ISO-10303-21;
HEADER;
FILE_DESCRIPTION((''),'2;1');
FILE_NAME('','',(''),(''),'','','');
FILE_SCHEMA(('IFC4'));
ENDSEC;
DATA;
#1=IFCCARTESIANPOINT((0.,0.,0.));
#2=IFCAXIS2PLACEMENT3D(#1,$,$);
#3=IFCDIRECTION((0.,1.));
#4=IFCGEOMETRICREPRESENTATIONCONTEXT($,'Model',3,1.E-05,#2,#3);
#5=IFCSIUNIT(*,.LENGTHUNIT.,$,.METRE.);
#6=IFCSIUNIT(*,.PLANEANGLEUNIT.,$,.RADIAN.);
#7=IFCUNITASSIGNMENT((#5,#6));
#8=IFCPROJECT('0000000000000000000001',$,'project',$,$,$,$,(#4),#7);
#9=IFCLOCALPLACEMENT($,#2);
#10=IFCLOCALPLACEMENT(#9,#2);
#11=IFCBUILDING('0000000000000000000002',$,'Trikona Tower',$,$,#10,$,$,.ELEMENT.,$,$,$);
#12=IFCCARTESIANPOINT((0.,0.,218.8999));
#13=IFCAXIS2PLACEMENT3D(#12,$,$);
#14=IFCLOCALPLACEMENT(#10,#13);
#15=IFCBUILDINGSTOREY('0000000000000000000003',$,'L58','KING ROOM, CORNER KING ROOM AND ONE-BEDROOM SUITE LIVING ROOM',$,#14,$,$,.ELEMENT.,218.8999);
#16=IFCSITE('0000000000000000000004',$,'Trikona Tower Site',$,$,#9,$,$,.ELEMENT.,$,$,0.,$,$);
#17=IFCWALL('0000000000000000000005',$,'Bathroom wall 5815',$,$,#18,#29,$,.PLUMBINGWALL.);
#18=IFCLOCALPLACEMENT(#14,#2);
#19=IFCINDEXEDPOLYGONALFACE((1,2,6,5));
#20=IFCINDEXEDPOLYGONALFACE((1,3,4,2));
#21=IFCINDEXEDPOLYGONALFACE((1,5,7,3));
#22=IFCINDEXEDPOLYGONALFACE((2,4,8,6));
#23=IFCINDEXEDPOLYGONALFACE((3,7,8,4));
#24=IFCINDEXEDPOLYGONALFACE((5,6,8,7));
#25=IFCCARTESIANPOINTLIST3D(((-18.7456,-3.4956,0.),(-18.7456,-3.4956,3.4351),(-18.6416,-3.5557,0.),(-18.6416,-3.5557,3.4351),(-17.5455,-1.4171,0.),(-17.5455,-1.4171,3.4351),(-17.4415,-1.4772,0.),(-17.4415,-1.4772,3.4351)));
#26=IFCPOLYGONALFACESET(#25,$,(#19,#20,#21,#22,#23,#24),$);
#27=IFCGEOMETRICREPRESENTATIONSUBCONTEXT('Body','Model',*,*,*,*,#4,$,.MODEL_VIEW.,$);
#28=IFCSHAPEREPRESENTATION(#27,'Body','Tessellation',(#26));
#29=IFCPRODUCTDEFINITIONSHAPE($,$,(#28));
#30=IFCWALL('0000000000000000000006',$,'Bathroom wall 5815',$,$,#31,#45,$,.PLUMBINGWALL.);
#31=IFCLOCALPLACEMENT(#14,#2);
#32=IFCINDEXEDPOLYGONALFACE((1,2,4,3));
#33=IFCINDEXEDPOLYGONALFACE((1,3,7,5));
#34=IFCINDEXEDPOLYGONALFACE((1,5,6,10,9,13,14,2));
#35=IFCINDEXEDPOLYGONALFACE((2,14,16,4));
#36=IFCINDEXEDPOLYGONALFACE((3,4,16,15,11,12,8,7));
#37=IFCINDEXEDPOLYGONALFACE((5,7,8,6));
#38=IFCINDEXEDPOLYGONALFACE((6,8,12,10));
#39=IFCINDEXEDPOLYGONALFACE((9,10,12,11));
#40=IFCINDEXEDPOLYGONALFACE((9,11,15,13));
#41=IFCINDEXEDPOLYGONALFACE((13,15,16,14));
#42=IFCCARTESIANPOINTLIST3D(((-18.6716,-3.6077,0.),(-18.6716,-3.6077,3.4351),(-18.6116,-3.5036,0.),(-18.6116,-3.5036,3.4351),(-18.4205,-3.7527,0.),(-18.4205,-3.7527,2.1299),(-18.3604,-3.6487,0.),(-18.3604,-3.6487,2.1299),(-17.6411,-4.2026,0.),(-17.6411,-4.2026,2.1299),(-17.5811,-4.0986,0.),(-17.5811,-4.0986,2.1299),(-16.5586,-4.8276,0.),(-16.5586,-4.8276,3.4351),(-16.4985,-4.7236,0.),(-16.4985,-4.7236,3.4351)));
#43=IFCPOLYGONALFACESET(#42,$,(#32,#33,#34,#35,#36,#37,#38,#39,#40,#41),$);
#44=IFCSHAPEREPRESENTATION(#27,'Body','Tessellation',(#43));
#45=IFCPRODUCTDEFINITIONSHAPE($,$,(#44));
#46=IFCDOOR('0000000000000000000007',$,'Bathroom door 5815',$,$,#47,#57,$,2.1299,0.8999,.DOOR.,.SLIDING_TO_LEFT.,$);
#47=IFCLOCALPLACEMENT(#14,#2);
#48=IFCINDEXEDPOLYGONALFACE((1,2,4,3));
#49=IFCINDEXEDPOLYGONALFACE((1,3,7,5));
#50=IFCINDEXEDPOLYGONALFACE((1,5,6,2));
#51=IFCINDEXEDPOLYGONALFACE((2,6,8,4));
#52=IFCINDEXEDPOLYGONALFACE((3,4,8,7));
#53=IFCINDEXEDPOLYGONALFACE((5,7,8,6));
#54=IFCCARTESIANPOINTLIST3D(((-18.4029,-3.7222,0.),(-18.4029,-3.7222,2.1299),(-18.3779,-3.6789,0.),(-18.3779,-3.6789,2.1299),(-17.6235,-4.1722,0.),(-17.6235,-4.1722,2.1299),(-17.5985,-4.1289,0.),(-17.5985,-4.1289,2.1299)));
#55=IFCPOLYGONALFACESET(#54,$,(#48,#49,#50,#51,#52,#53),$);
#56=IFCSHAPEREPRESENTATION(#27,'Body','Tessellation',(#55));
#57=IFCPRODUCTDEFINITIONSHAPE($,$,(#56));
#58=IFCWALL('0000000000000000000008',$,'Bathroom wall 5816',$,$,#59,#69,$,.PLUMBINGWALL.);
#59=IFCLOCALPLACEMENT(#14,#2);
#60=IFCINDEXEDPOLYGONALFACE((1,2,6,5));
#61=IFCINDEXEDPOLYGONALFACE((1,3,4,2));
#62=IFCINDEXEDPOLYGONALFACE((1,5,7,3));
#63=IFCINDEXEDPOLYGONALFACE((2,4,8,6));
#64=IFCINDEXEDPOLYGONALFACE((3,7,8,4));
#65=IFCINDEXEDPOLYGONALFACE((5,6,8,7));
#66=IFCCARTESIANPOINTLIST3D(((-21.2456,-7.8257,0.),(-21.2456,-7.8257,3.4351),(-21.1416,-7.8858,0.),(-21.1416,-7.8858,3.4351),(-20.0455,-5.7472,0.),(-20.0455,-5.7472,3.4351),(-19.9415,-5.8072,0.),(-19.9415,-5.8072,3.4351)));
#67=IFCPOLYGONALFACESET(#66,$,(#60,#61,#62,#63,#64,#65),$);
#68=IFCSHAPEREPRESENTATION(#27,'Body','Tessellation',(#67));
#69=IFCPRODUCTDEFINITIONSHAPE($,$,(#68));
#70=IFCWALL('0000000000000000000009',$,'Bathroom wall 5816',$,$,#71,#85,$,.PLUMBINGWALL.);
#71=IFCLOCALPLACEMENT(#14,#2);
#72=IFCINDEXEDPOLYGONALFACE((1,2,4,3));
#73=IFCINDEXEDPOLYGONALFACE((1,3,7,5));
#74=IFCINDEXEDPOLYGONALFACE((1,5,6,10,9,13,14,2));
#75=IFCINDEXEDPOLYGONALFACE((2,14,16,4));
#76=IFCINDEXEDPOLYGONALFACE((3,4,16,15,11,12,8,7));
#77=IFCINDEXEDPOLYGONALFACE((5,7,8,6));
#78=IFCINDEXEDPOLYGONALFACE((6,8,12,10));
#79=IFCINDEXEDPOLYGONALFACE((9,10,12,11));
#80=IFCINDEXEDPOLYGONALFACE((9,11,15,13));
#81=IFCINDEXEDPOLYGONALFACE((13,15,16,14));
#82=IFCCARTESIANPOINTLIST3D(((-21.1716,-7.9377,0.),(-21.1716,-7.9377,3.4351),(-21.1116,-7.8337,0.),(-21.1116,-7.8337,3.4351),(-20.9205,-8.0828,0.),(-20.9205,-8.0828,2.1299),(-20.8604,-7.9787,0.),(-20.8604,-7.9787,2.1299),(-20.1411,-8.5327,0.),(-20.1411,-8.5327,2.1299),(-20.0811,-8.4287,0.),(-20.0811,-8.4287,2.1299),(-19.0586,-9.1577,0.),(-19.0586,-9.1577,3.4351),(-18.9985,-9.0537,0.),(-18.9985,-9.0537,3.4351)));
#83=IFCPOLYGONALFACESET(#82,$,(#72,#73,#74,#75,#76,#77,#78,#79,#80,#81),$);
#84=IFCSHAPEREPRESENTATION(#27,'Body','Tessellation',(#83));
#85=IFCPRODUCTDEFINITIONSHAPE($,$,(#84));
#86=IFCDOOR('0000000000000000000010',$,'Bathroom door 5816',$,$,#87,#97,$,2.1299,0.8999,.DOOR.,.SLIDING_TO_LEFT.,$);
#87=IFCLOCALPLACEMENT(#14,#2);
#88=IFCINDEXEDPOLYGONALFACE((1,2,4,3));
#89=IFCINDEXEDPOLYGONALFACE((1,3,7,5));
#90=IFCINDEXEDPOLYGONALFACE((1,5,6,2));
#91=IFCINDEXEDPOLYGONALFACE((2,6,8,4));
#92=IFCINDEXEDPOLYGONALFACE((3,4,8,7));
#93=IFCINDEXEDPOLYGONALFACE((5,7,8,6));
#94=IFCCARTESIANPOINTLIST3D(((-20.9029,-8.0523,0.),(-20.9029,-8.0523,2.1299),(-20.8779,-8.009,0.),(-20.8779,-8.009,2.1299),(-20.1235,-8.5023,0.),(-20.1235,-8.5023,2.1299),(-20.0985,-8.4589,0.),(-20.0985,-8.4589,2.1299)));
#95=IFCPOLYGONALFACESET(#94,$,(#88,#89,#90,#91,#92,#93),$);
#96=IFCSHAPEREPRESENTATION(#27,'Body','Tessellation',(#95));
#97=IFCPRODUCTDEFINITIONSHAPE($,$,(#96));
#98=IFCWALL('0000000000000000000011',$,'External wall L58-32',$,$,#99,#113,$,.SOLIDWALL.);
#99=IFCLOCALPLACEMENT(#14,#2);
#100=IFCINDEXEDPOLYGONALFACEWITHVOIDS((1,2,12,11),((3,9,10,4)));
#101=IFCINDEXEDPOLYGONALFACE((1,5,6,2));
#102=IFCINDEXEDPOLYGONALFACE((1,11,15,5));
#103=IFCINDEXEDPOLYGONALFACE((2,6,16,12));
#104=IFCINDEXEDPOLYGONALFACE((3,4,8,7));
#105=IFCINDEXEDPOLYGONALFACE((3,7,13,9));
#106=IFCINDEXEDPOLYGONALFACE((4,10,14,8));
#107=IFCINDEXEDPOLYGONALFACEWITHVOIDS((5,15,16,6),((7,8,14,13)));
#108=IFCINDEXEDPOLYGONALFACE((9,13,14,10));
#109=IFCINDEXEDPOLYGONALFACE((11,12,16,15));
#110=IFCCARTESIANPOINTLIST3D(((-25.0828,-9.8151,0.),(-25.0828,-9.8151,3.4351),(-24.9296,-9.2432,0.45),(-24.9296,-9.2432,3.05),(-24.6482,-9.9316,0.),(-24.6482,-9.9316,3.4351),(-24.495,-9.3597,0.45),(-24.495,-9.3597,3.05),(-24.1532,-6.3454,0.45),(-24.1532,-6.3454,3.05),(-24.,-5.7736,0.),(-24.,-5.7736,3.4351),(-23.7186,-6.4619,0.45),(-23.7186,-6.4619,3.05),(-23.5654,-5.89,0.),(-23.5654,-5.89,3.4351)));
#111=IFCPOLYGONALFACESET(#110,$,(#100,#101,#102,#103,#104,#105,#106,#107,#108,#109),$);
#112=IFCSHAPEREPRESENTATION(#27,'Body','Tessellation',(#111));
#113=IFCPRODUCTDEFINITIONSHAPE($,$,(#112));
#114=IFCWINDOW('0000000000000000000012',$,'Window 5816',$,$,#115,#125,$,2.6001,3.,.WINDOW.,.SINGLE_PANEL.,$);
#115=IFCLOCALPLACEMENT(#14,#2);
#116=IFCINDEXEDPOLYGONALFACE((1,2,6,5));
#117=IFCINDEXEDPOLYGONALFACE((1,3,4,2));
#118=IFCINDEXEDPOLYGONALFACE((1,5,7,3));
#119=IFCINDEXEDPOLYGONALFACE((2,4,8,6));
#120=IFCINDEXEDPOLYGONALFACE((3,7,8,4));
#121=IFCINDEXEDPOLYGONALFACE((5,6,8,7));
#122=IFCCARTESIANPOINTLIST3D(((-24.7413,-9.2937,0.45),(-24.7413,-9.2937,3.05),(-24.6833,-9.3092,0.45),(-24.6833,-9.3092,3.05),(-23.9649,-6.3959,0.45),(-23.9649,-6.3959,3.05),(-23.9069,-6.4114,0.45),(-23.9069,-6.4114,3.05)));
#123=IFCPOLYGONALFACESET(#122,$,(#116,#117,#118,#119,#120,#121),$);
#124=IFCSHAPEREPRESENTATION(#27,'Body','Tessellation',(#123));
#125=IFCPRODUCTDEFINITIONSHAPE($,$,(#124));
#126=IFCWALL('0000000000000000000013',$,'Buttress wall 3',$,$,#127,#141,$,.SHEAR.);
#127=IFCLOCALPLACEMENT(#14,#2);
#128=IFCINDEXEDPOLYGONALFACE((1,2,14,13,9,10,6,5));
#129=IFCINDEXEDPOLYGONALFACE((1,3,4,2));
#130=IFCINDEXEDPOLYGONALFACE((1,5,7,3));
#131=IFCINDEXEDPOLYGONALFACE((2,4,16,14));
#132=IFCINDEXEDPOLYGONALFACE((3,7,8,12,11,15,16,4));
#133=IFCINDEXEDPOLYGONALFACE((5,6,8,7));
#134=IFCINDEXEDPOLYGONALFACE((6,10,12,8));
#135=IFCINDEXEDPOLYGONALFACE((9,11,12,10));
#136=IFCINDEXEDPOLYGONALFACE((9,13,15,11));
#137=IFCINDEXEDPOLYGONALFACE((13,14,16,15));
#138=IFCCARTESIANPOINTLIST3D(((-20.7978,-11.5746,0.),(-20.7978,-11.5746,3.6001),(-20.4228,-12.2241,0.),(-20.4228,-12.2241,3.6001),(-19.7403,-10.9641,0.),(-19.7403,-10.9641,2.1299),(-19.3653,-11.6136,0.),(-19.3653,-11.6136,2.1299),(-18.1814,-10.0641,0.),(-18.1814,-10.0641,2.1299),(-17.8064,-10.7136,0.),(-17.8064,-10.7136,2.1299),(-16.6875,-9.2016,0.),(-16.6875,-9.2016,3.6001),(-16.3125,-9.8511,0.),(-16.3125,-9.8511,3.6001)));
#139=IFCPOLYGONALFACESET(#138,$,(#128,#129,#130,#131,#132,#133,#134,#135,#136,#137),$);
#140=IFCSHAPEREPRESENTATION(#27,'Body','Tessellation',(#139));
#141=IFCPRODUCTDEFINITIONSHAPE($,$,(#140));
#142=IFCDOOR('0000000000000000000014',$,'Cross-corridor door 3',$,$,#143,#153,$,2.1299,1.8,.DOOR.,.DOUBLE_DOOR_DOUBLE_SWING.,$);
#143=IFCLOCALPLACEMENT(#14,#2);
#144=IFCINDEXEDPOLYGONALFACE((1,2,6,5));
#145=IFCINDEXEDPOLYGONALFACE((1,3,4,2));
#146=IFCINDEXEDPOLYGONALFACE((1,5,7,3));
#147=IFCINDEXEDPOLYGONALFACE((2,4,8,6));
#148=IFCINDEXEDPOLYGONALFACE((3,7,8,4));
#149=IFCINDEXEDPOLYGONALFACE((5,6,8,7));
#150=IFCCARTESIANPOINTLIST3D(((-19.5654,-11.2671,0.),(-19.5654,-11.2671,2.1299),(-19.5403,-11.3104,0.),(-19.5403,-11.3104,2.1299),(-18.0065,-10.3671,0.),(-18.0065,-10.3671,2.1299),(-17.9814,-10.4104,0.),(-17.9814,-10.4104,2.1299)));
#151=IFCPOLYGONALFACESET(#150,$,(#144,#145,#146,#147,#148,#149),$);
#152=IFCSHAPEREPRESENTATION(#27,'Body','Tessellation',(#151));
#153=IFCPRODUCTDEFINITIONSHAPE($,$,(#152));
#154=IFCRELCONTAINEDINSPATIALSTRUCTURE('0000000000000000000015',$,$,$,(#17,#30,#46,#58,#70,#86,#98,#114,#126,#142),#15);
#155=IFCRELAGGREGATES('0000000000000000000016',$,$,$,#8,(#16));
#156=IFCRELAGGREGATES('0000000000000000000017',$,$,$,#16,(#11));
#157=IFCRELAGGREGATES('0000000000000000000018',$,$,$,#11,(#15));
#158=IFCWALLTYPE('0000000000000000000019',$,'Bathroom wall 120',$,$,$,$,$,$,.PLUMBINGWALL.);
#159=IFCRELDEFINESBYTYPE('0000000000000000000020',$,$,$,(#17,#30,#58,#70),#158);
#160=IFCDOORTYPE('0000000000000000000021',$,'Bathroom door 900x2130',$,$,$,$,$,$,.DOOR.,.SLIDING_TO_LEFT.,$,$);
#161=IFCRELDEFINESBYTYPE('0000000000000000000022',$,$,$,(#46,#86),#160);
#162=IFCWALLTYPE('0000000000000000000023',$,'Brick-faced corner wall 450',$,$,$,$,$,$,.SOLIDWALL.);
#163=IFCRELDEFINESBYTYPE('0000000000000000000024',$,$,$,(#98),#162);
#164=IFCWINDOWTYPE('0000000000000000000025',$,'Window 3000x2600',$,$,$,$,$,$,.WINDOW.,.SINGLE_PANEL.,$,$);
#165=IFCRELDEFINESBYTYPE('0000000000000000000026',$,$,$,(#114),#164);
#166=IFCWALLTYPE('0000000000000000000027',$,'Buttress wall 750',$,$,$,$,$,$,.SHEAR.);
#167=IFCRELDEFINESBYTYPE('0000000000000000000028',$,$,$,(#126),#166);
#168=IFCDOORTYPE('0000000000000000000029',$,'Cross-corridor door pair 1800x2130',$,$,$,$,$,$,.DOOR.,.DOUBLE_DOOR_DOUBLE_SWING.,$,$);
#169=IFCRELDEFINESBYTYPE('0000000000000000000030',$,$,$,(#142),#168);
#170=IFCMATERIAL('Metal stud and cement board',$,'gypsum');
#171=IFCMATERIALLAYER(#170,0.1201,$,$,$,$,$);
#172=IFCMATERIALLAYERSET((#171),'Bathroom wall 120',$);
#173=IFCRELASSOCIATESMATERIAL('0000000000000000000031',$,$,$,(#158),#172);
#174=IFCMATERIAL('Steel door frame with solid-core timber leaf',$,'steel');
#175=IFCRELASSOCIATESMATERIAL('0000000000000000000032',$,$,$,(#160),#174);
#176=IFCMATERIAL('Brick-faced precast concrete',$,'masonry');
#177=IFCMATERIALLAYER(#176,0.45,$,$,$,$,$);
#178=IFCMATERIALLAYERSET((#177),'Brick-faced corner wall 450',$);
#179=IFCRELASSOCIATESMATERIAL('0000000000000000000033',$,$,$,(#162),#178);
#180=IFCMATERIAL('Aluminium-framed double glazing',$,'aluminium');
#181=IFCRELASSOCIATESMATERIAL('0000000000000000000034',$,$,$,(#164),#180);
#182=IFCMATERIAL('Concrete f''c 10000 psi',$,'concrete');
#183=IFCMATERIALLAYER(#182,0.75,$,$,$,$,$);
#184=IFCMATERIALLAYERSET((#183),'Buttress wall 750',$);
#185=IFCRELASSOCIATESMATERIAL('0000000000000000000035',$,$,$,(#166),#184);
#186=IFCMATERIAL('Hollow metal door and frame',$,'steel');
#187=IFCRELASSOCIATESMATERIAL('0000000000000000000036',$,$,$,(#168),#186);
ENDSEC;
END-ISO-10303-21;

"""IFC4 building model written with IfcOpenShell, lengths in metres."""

from ifc_helpers import new_model, si_unit, direction, frame, frame_2d, origin, place, context, subcontext, project, spatial, rectangle, extrude, material, layer, layer_set, type_object, element, fill, save


model = new_model("IFC4")

# Units and contexts
model_context = context("Model", 3, precision=1e-05, world=origin(), true_north=direction((0.0, 1.0)))
body_context = subcontext(model_context, "Body", "Model", "MODEL_VIEW")
ifc_project = project(units=[si_unit("LENGTHUNIT", "METRE"), si_unit("PLANEANGLEUNIT", "RADIAN")], contexts=[model_context])

# Site, building, storey
site_placement = place(None, origin())
site = spatial("IfcSite", under=ifc_project, at=site_placement, Name="Trikona Tower Site", CompositionType="ELEMENT", RefElevation=0.0)
building_placement = place(site_placement, origin())
building = spatial("IfcBuilding", under=site, at=building_placement, Name="Trikona Tower", CompositionType="ELEMENT")
storey_placement = place(building_placement, frame((0.0, 0.0, 218.8999)))
storey = spatial("IfcBuildingStorey", under=building, at=storey_placement, Name="L58", Description="KING ROOM, CORNER KING ROOM AND ONE-BEDROOM SUITE LIVING ROOM", CompositionType="ELEMENT", Elevation=218.8999)

# Wall
ifc_material_1 = material(Name="Metal stud and cement board", Category="gypsum")
ifc_layer_1 = layer(ifc_material_1, 0.1201)
ifc_layer_set_1 = layer_set([ifc_layer_1], Name="Bathroom wall 120")
wall_type_1 = type_object("IfcWallType", Name="Bathroom wall 120", PredefinedType="PLUMBINGWALL", material=ifc_layer_set_1)
wall_1_placement = place(storey_placement, frame((-17.4934, -1.447, 0.0), z_axis=(0.0, 0.0, 1.0), x_axis=(-0.500034, -0.866006, 0.0)))
element("IfcWall", 1, at=wall_1_placement, inside=storey, type_object=wall_type_1, Name="Bathroom wall 5815", PredefinedType="PLUMBINGWALL", context=body_context, shape_type="SweptSolid", body=[
    extrude(rectangle(XDim=2.4001, YDim=0.1201, at=frame_2d((1.2002, 0.0))), origin(), (0.0, 0.0, 1.0), 3.4351),
])

# Wall, opening, door
wall_2_placement = place(storey_placement, frame((-16.5286, -4.7756, 0.0), z_axis=(0.0, 0.0, 1.0), x_axis=(-0.866024, 0.500003, 0.0)))
wall_2 = element("IfcWall", 2, at=wall_2_placement, inside=storey, type_object=wall_type_1, Name="Bathroom wall 5815", PredefinedType="PLUMBINGWALL", context=body_context, shape_type="SweptSolid", body=[
    extrude(rectangle(XDim=2.4399, YDim=0.1201, at=frame_2d((1.22, 0.0))), origin(), (0.0, 0.0, 1.0), 3.4351),
])
opening_1_placement = place(wall_2_placement, frame((1.25, 0.0, 0.0)))
opening_1 = element("IfcOpeningElement", 3, at=opening_1_placement, cuts=wall_2, PredefinedType="OPENING", context=body_context, shape_type="SweptSolid", body=[
    extrude(rectangle(XDim=0.8999, YDim=2.1299, at=frame_2d((0.45, 1.0649))), frame((0.0, 0.0701, 0.0), z_axis=(0.0, -1.0, 0.0), x_axis=(1.0, 0.0, 0.0)), (0.0, 0.0, 1.0), 0.1401),
])
ifc_material_2 = material(Name="Steel door frame with solid-core timber leaf", Category="steel")
door_type_1 = type_object("IfcDoorType", Name="Bathroom door 900x2130", OperationType="SLIDING_TO_LEFT", PredefinedType="DOOR", material=ifc_material_2)
door_1_placement = place(opening_1_placement, origin())
door_1 = element("IfcDoor", 4, at=door_1_placement, inside=storey, type_object=door_type_1, Name="Bathroom door 5815", OperationType="SLIDING_TO_LEFT", OverallHeight=2.1299, OverallWidth=0.8999, PredefinedType="DOOR", context=body_context, shape_type="SweptSolid", body=[
    extrude(rectangle(XDim=0.8999, YDim=2.1299, at=frame_2d((0.45, 1.0649))), frame((0.0, 0.0249, 0.0), z_axis=(0.0, -1.0, 0.0), x_axis=(1.0, 0.0, 0.0)), (0.0, 0.0, 1.0), 0.05),
])
fill(opening_1, door_1)

# Wall
wall_3_placement = place(storey_placement, frame((-19.9934, -5.7771, 0.0), z_axis=(0.0, 0.0, 1.0), x_axis=(-0.500034, -0.866006, 0.0)))
element("IfcWall", 5, at=wall_3_placement, inside=storey, type_object=wall_type_1, Name="Bathroom wall 5816", PredefinedType="PLUMBINGWALL", context=body_context, shape_type="SweptSolid", body=[
    extrude(rectangle(XDim=2.4001, YDim=0.1201, at=frame_2d((1.2002, 0.0))), origin(), (0.0, 0.0, 1.0), 3.4351),
])

# Wall, opening, door
wall_4_placement = place(storey_placement, frame((-19.0286, -9.1057, 0.0), z_axis=(0.0, 0.0, 1.0), x_axis=(-0.866024, 0.500003, 0.0)))
wall_4 = element("IfcWall", 6, at=wall_4_placement, inside=storey, type_object=wall_type_1, Name="Bathroom wall 5816", PredefinedType="PLUMBINGWALL", context=body_context, shape_type="SweptSolid", body=[
    extrude(rectangle(XDim=2.4399, YDim=0.1201, at=frame_2d((1.22, 0.0))), origin(), (0.0, 0.0, 1.0), 3.4351),
])
opening_2_placement = place(wall_4_placement, frame((1.25, 0.0, 0.0)))
opening_2 = element("IfcOpeningElement", 7, at=opening_2_placement, cuts=wall_4, PredefinedType="OPENING", context=body_context, shape_type="SweptSolid", body=[
    extrude(rectangle(XDim=0.8999, YDim=2.1299, at=frame_2d((0.45, 1.0649))), frame((0.0, 0.0701, 0.0), z_axis=(0.0, -1.0, 0.0), x_axis=(1.0, 0.0, 0.0)), (0.0, 0.0, 1.0), 0.1401),
])
door_2_placement = place(opening_2_placement, origin())
door_2 = element("IfcDoor", 8, at=door_2_placement, inside=storey, type_object=door_type_1, Name="Bathroom door 5816", OperationType="SLIDING_TO_LEFT", OverallHeight=2.1299, OverallWidth=0.8999, PredefinedType="DOOR", context=body_context, shape_type="SweptSolid", body=[
    extrude(rectangle(XDim=0.8999, YDim=2.1299, at=frame_2d((0.45, 1.0649))), frame((0.0, 0.0249, 0.0), z_axis=(0.0, -1.0, 0.0), x_axis=(1.0, 0.0, 0.0)), (0.0, 0.0, 1.0), 0.05),
])
fill(opening_2, door_2)

# Wall, opening, window
ifc_material_3 = material(Name="Brick-faced precast concrete", Category="masonry")
ifc_layer_2 = layer(ifc_material_3, 0.45)
ifc_layer_set_2 = layer_set([ifc_layer_2], Name="Brick-faced corner wall 450")
wall_type_2 = type_object("IfcWallType", Name="Brick-faced corner wall 450", PredefinedType="SOLIDWALL", material=ifc_layer_set_2)
wall_5_placement = place(storey_placement, frame((-23.7827, -5.8318, 0.0), z_axis=(0.0, 0.0, 1.0), x_axis=(-0.258785, -0.965935, 0.0)))
wall_5 = element("IfcWall", 9, at=wall_5_placement, inside=storey, type_object=wall_type_2, Name="External wall L58-32", PredefinedType="SOLIDWALL", context=body_context, shape_type="SweptSolid", body=[
    extrude(rectangle(XDim=4.1841, YDim=0.45, at=frame_2d((2.092, 0.0))), origin(), (0.0, 0.0, 1.0), 3.4351),
])
opening_3_placement = place(wall_5_placement, frame((0.592, 0.0, 0.45)))
opening_3 = element("IfcOpeningElement", 10, at=opening_3_placement, cuts=wall_5, PredefinedType="OPENING", context=body_context, shape_type="SweptSolid", body=[
    extrude(rectangle(XDim=3.0, YDim=2.6001, at=frame_2d((1.5, 1.3))), frame((0.0, 0.2349, 0.0), z_axis=(0.0, -1.0, 0.0), x_axis=(1.0, 0.0, 0.0)), (0.0, 0.0, 1.0), 0.47),
])
ifc_material_4 = material(Name="Aluminium-framed double glazing", Category="aluminium")
window_type = type_object("IfcWindowType", Name="Window 3000x2600", PartitioningType="SINGLE_PANEL", PredefinedType="WINDOW", material=ifc_material_4)
window_placement = place(opening_3_placement, origin())
window = element("IfcWindow", 11, at=window_placement, inside=storey, type_object=window_type, Name="Window 5816", OverallHeight=2.6001, OverallWidth=3.0, PartitioningType="SINGLE_PANEL", PredefinedType="WINDOW", context=body_context, shape_type="SweptSolid", body=[
    extrude(rectangle(XDim=3.0, YDim=2.6001, at=frame_2d((1.5, 1.3))), frame((0.0, 0.03, 0.0), z_axis=(0.0, -1.0, 0.0), x_axis=(1.0, 0.0, 0.0)), (0.0, 0.0, 1.0), 0.0601),
])
fill(opening_3, window)

# Wall, opening, door
ifc_material_5 = material(Name="Concrete f'c 10000 psi", Category="concrete")
ifc_layer_3 = layer(ifc_material_5, 0.75)
ifc_layer_set_3 = layer_set([ifc_layer_3], Name="Buttress wall 750")
wall_type_3 = type_object("IfcWallType", Name="Buttress wall 750", PredefinedType="SHEAR", material=ifc_layer_set_3)
wall_6_placement = place(storey_placement, frame((-16.5, -9.5264, 0.0), z_axis=(0.0, 0.0, 1.0), x_axis=(-0.866031, -0.49999, 0.0)))
wall_6 = element("IfcWall", 12, at=wall_6_placement, inside=storey, type_object=wall_type_3, Name="Buttress wall 3", PredefinedType="SHEAR", context=body_context, shape_type="SweptSolid", body=[
    extrude(rectangle(XDim=4.7461, YDim=0.75, at=frame_2d((2.373, 0.0))), origin(), (0.0, 0.0, 1.0), 3.6001),
])
opening_4_placement = place(wall_6_placement, frame((1.7251, 0.0, 0.0)))
opening_4 = element("IfcOpeningElement", 13, at=opening_4_placement, cuts=wall_6, PredefinedType="OPENING", context=body_context, shape_type="SweptSolid", body=[
    extrude(rectangle(XDim=1.8, YDim=2.1299, at=frame_2d((0.8999, 1.0649))), frame((0.0, 0.385, 0.0), z_axis=(0.0, -1.0, 0.0), x_axis=(1.0, 0.0, 0.0)), (0.0, 0.0, 1.0), 0.77),
])
ifc_material_6 = material(Name="Hollow metal door and frame", Category="steel")
door_type_2 = type_object("IfcDoorType", Name="Cross-corridor door pair 1800x2130", OperationType="DOUBLE_DOOR_DOUBLE_SWING", PredefinedType="DOOR", material=ifc_material_6)
door_3_placement = place(opening_4_placement, origin())
door_3 = element("IfcDoor", 14, at=door_3_placement, inside=storey, type_object=door_type_2, Name="Cross-corridor door 3", OperationType="DOUBLE_DOOR_DOUBLE_SWING", OverallHeight=2.1299, OverallWidth=1.8, PredefinedType="DOOR", context=body_context, shape_type="SweptSolid", body=[
    extrude(rectangle(XDim=1.8, YDim=2.1299, at=frame_2d((0.8999, 1.0649))), frame((0.0, 0.0249, 0.0), z_axis=(0.0, -1.0, 0.0), x_axis=(1.0, 0.0, 0.0)), (0.0, 0.0, 1.0), 0.05),
])
fill(opening_4, door_3)

save(model, "model.ifc")
